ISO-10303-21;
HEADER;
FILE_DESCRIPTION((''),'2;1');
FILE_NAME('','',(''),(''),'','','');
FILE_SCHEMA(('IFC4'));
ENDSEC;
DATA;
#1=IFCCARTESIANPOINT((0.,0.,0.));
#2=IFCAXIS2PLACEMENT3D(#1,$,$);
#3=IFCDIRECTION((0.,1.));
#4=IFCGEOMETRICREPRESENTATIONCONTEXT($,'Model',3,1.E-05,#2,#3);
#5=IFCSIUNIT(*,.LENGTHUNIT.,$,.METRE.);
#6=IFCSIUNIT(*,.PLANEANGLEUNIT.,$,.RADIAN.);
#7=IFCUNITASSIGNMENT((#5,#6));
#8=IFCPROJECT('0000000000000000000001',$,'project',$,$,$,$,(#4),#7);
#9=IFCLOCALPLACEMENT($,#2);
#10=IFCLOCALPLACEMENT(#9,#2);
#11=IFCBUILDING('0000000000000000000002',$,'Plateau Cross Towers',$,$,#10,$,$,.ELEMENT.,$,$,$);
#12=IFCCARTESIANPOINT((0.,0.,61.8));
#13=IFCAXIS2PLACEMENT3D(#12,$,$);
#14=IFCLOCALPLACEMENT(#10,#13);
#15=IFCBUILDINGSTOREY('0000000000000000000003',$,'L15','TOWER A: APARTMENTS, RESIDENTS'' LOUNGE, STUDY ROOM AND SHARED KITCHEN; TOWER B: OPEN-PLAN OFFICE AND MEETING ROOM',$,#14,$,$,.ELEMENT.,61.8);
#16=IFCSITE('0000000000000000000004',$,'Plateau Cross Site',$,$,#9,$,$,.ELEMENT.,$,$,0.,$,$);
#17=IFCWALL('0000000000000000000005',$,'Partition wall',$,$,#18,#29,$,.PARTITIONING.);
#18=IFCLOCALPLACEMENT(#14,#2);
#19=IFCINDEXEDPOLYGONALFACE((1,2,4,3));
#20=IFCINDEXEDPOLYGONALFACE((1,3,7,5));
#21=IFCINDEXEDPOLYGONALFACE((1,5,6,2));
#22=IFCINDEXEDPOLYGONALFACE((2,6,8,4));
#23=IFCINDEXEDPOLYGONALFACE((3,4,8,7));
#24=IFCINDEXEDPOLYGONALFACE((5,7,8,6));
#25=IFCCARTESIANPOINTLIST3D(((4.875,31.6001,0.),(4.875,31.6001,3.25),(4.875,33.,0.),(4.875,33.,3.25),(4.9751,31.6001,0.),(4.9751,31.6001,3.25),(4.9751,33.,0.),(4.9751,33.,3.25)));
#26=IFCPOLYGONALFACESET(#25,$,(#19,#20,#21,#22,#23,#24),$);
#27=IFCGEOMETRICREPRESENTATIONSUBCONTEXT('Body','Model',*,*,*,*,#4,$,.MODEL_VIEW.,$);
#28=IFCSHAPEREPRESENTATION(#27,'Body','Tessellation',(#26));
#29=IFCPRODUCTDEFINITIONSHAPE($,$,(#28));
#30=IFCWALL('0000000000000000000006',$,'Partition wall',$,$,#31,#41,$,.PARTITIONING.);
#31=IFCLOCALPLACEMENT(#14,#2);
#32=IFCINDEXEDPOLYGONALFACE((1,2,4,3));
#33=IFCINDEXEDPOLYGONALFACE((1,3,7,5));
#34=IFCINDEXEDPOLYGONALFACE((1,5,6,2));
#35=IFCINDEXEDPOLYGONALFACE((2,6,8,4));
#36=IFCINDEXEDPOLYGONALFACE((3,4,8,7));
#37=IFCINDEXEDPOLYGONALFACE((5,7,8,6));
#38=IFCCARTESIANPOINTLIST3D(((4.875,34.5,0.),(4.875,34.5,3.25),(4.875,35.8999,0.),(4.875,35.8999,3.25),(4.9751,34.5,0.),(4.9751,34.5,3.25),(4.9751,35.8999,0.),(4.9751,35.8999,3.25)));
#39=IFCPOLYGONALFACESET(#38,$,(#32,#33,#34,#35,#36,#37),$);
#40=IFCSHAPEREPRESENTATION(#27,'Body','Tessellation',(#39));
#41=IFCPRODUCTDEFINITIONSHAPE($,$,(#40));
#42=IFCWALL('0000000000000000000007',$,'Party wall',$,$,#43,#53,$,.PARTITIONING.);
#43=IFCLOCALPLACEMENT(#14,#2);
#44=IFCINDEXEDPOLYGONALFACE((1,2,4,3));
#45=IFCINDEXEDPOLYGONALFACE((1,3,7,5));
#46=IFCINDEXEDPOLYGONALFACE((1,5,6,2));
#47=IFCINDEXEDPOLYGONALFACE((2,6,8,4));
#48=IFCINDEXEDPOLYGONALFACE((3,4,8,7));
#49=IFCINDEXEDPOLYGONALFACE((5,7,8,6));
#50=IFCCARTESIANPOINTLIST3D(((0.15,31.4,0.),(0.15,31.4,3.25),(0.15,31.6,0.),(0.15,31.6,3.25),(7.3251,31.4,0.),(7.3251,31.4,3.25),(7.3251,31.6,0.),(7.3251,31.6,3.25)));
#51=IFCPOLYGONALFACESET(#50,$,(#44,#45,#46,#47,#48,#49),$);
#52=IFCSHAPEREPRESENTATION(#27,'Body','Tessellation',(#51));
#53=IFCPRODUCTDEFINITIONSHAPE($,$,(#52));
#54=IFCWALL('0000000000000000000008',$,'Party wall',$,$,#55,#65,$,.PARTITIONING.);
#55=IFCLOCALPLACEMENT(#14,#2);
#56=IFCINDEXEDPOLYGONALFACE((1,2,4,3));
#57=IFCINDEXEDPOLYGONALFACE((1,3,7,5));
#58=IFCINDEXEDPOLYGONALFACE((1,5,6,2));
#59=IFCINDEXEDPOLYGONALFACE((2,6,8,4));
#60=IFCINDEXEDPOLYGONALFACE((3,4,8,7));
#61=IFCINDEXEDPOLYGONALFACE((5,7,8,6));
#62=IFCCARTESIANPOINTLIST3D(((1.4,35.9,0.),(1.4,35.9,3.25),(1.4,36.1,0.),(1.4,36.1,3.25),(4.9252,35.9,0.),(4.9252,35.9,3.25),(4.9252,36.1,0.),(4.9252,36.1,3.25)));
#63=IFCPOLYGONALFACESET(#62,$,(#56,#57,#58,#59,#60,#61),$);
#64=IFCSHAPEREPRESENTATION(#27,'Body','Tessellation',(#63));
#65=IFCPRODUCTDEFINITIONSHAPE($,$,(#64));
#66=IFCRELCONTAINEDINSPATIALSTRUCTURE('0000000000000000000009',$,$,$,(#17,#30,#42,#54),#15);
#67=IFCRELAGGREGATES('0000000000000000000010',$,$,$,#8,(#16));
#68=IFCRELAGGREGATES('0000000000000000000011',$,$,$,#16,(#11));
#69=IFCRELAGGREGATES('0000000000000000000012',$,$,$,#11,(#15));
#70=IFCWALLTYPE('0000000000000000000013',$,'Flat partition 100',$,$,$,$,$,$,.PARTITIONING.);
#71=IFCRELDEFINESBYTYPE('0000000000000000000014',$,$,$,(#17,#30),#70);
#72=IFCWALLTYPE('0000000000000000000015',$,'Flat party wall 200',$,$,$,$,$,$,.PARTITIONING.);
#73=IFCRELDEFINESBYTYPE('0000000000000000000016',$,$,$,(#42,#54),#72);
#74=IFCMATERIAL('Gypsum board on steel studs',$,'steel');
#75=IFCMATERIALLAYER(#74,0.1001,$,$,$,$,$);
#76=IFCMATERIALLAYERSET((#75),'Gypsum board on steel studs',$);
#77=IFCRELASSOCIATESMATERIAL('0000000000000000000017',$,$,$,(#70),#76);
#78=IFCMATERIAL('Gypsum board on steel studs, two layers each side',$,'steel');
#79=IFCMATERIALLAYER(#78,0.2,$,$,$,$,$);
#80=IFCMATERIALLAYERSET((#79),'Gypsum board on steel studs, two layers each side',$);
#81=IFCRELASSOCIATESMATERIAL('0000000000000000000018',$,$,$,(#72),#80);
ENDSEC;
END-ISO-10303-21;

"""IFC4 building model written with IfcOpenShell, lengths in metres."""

from ifc_helpers import new_model, si_unit, direction, frame, frame_2d, origin, place, context, subcontext, project, spatial, rectangle, extrude, material, layer, layer_set, type_object, element, save


model = new_model("IFC4")

# Units and contexts
model_context = context("Model", 3, precision=1e-05, world=origin(), true_north=direction((0.0, 1.0)))
body_context = subcontext(model_context, "Body", "Model", "MODEL_VIEW")
ifc_project = project(units=[si_unit("LENGTHUNIT", "METRE"), si_unit("PLANEANGLEUNIT", "RADIAN")], contexts=[model_context])

# Site, building, storey
site_placement = place(None, origin())
site = spatial("IfcSite", under=ifc_project, at=site_placement, Name="Plateau Cross Site", CompositionType="ELEMENT", RefElevation=0.0)
building_placement = place(site_placement, origin())
building = spatial("IfcBuilding", under=site, at=building_placement, Name="Plateau Cross Towers", CompositionType="ELEMENT")
storey_placement = place(building_placement, frame((0.0, 0.0, 61.8)))
storey = spatial("IfcBuildingStorey", under=building, at=storey_placement, Name="L15", Description="TOWER A: APARTMENTS, RESIDENTS' LOUNGE, STUDY ROOM AND SHARED KITCHEN; TOWER B: OPEN-PLAN OFFICE AND MEETING ROOM", CompositionType="ELEMENT", Elevation=61.8)

# Shared definitions
ifc_material_1 = material(Name="Gypsum board on steel studs", Category="steel")
ifc_layer_1 = layer(ifc_material_1, 0.1001)
ifc_layer_set_1 = layer_set([ifc_layer_1], Name="Gypsum board on steel studs")
wall_type_1 = type_object("IfcWallType", Name="Flat partition 100", PredefinedType="PARTITIONING", material=ifc_layer_set_1)

# Walls
for number, where, z_axis, x_axis, name in (
    (1, (4.925, 33.0, 0.0), (0.0, 0.0, 1.0), (0.0, -1.0, 0.0), "Partition wall"),
    (2, (4.925, 35.8999, 0.0), (0.0, 0.0, 1.0), (0.0, -1.0, 0.0), "Partition wall"),
):
    element("IfcWall", number, at=place(storey_placement, frame(where, z_axis=z_axis, x_axis=x_axis)), inside=storey, type_object=wall_type_1, Name=name, PredefinedType="PARTITIONING", context=body_context, shape_type="SweptSolid", body=[
        extrude(rectangle(XDim=1.3999, YDim=0.1001, at=frame_2d((0.7, 0.0))), origin(), (0.0, 0.0, 1.0), 3.25),
    ])
ifc_material_2 = material(Name="Gypsum board on steel studs, two layers each side", Category="steel")
ifc_layer_2 = layer(ifc_material_2, 0.2)
ifc_layer_set_2 = layer_set([ifc_layer_2], Name="Gypsum board on steel studs, two layers each side")
wall_type_2 = type_object("IfcWallType", Name="Flat party wall 200", PredefinedType="PARTITIONING", material=ifc_layer_set_2)
wall_1_placement = place(storey_placement, frame((7.325, 31.5, 0.0), z_axis=(0.0, 0.0, 1.0), x_axis=(-1.0, 0.0, 0.0)))
element("IfcWall", 3, at=wall_1_placement, inside=storey, type_object=wall_type_2, Name="Party wall", PredefinedType="PARTITIONING", context=body_context, shape_type="SweptSolid", body=[
    extrude(rectangle(XDim=7.175, YDim=0.2, at=frame_2d((3.5874, 0.0))), origin(), (0.0, 0.0, 1.0), 3.25),
])
wall_2_placement = place(storey_placement, frame((1.3999, 36.0, 0.0), z_axis=(0.0, 0.0, 1.0), x_axis=(1.0, 0.0, 0.0)))
element("IfcWall", 4, at=wall_2_placement, inside=storey, type_object=wall_type_2, Name="Party wall", PredefinedType="PARTITIONING", context=body_context, shape_type="SweptSolid", body=[
    extrude(rectangle(XDim=3.5251, YDim=0.2, at=frame_2d((1.7627, 0.0))), origin(), (0.0, 0.0, 1.0), 3.25),
])

save(model, "model.ifc")
